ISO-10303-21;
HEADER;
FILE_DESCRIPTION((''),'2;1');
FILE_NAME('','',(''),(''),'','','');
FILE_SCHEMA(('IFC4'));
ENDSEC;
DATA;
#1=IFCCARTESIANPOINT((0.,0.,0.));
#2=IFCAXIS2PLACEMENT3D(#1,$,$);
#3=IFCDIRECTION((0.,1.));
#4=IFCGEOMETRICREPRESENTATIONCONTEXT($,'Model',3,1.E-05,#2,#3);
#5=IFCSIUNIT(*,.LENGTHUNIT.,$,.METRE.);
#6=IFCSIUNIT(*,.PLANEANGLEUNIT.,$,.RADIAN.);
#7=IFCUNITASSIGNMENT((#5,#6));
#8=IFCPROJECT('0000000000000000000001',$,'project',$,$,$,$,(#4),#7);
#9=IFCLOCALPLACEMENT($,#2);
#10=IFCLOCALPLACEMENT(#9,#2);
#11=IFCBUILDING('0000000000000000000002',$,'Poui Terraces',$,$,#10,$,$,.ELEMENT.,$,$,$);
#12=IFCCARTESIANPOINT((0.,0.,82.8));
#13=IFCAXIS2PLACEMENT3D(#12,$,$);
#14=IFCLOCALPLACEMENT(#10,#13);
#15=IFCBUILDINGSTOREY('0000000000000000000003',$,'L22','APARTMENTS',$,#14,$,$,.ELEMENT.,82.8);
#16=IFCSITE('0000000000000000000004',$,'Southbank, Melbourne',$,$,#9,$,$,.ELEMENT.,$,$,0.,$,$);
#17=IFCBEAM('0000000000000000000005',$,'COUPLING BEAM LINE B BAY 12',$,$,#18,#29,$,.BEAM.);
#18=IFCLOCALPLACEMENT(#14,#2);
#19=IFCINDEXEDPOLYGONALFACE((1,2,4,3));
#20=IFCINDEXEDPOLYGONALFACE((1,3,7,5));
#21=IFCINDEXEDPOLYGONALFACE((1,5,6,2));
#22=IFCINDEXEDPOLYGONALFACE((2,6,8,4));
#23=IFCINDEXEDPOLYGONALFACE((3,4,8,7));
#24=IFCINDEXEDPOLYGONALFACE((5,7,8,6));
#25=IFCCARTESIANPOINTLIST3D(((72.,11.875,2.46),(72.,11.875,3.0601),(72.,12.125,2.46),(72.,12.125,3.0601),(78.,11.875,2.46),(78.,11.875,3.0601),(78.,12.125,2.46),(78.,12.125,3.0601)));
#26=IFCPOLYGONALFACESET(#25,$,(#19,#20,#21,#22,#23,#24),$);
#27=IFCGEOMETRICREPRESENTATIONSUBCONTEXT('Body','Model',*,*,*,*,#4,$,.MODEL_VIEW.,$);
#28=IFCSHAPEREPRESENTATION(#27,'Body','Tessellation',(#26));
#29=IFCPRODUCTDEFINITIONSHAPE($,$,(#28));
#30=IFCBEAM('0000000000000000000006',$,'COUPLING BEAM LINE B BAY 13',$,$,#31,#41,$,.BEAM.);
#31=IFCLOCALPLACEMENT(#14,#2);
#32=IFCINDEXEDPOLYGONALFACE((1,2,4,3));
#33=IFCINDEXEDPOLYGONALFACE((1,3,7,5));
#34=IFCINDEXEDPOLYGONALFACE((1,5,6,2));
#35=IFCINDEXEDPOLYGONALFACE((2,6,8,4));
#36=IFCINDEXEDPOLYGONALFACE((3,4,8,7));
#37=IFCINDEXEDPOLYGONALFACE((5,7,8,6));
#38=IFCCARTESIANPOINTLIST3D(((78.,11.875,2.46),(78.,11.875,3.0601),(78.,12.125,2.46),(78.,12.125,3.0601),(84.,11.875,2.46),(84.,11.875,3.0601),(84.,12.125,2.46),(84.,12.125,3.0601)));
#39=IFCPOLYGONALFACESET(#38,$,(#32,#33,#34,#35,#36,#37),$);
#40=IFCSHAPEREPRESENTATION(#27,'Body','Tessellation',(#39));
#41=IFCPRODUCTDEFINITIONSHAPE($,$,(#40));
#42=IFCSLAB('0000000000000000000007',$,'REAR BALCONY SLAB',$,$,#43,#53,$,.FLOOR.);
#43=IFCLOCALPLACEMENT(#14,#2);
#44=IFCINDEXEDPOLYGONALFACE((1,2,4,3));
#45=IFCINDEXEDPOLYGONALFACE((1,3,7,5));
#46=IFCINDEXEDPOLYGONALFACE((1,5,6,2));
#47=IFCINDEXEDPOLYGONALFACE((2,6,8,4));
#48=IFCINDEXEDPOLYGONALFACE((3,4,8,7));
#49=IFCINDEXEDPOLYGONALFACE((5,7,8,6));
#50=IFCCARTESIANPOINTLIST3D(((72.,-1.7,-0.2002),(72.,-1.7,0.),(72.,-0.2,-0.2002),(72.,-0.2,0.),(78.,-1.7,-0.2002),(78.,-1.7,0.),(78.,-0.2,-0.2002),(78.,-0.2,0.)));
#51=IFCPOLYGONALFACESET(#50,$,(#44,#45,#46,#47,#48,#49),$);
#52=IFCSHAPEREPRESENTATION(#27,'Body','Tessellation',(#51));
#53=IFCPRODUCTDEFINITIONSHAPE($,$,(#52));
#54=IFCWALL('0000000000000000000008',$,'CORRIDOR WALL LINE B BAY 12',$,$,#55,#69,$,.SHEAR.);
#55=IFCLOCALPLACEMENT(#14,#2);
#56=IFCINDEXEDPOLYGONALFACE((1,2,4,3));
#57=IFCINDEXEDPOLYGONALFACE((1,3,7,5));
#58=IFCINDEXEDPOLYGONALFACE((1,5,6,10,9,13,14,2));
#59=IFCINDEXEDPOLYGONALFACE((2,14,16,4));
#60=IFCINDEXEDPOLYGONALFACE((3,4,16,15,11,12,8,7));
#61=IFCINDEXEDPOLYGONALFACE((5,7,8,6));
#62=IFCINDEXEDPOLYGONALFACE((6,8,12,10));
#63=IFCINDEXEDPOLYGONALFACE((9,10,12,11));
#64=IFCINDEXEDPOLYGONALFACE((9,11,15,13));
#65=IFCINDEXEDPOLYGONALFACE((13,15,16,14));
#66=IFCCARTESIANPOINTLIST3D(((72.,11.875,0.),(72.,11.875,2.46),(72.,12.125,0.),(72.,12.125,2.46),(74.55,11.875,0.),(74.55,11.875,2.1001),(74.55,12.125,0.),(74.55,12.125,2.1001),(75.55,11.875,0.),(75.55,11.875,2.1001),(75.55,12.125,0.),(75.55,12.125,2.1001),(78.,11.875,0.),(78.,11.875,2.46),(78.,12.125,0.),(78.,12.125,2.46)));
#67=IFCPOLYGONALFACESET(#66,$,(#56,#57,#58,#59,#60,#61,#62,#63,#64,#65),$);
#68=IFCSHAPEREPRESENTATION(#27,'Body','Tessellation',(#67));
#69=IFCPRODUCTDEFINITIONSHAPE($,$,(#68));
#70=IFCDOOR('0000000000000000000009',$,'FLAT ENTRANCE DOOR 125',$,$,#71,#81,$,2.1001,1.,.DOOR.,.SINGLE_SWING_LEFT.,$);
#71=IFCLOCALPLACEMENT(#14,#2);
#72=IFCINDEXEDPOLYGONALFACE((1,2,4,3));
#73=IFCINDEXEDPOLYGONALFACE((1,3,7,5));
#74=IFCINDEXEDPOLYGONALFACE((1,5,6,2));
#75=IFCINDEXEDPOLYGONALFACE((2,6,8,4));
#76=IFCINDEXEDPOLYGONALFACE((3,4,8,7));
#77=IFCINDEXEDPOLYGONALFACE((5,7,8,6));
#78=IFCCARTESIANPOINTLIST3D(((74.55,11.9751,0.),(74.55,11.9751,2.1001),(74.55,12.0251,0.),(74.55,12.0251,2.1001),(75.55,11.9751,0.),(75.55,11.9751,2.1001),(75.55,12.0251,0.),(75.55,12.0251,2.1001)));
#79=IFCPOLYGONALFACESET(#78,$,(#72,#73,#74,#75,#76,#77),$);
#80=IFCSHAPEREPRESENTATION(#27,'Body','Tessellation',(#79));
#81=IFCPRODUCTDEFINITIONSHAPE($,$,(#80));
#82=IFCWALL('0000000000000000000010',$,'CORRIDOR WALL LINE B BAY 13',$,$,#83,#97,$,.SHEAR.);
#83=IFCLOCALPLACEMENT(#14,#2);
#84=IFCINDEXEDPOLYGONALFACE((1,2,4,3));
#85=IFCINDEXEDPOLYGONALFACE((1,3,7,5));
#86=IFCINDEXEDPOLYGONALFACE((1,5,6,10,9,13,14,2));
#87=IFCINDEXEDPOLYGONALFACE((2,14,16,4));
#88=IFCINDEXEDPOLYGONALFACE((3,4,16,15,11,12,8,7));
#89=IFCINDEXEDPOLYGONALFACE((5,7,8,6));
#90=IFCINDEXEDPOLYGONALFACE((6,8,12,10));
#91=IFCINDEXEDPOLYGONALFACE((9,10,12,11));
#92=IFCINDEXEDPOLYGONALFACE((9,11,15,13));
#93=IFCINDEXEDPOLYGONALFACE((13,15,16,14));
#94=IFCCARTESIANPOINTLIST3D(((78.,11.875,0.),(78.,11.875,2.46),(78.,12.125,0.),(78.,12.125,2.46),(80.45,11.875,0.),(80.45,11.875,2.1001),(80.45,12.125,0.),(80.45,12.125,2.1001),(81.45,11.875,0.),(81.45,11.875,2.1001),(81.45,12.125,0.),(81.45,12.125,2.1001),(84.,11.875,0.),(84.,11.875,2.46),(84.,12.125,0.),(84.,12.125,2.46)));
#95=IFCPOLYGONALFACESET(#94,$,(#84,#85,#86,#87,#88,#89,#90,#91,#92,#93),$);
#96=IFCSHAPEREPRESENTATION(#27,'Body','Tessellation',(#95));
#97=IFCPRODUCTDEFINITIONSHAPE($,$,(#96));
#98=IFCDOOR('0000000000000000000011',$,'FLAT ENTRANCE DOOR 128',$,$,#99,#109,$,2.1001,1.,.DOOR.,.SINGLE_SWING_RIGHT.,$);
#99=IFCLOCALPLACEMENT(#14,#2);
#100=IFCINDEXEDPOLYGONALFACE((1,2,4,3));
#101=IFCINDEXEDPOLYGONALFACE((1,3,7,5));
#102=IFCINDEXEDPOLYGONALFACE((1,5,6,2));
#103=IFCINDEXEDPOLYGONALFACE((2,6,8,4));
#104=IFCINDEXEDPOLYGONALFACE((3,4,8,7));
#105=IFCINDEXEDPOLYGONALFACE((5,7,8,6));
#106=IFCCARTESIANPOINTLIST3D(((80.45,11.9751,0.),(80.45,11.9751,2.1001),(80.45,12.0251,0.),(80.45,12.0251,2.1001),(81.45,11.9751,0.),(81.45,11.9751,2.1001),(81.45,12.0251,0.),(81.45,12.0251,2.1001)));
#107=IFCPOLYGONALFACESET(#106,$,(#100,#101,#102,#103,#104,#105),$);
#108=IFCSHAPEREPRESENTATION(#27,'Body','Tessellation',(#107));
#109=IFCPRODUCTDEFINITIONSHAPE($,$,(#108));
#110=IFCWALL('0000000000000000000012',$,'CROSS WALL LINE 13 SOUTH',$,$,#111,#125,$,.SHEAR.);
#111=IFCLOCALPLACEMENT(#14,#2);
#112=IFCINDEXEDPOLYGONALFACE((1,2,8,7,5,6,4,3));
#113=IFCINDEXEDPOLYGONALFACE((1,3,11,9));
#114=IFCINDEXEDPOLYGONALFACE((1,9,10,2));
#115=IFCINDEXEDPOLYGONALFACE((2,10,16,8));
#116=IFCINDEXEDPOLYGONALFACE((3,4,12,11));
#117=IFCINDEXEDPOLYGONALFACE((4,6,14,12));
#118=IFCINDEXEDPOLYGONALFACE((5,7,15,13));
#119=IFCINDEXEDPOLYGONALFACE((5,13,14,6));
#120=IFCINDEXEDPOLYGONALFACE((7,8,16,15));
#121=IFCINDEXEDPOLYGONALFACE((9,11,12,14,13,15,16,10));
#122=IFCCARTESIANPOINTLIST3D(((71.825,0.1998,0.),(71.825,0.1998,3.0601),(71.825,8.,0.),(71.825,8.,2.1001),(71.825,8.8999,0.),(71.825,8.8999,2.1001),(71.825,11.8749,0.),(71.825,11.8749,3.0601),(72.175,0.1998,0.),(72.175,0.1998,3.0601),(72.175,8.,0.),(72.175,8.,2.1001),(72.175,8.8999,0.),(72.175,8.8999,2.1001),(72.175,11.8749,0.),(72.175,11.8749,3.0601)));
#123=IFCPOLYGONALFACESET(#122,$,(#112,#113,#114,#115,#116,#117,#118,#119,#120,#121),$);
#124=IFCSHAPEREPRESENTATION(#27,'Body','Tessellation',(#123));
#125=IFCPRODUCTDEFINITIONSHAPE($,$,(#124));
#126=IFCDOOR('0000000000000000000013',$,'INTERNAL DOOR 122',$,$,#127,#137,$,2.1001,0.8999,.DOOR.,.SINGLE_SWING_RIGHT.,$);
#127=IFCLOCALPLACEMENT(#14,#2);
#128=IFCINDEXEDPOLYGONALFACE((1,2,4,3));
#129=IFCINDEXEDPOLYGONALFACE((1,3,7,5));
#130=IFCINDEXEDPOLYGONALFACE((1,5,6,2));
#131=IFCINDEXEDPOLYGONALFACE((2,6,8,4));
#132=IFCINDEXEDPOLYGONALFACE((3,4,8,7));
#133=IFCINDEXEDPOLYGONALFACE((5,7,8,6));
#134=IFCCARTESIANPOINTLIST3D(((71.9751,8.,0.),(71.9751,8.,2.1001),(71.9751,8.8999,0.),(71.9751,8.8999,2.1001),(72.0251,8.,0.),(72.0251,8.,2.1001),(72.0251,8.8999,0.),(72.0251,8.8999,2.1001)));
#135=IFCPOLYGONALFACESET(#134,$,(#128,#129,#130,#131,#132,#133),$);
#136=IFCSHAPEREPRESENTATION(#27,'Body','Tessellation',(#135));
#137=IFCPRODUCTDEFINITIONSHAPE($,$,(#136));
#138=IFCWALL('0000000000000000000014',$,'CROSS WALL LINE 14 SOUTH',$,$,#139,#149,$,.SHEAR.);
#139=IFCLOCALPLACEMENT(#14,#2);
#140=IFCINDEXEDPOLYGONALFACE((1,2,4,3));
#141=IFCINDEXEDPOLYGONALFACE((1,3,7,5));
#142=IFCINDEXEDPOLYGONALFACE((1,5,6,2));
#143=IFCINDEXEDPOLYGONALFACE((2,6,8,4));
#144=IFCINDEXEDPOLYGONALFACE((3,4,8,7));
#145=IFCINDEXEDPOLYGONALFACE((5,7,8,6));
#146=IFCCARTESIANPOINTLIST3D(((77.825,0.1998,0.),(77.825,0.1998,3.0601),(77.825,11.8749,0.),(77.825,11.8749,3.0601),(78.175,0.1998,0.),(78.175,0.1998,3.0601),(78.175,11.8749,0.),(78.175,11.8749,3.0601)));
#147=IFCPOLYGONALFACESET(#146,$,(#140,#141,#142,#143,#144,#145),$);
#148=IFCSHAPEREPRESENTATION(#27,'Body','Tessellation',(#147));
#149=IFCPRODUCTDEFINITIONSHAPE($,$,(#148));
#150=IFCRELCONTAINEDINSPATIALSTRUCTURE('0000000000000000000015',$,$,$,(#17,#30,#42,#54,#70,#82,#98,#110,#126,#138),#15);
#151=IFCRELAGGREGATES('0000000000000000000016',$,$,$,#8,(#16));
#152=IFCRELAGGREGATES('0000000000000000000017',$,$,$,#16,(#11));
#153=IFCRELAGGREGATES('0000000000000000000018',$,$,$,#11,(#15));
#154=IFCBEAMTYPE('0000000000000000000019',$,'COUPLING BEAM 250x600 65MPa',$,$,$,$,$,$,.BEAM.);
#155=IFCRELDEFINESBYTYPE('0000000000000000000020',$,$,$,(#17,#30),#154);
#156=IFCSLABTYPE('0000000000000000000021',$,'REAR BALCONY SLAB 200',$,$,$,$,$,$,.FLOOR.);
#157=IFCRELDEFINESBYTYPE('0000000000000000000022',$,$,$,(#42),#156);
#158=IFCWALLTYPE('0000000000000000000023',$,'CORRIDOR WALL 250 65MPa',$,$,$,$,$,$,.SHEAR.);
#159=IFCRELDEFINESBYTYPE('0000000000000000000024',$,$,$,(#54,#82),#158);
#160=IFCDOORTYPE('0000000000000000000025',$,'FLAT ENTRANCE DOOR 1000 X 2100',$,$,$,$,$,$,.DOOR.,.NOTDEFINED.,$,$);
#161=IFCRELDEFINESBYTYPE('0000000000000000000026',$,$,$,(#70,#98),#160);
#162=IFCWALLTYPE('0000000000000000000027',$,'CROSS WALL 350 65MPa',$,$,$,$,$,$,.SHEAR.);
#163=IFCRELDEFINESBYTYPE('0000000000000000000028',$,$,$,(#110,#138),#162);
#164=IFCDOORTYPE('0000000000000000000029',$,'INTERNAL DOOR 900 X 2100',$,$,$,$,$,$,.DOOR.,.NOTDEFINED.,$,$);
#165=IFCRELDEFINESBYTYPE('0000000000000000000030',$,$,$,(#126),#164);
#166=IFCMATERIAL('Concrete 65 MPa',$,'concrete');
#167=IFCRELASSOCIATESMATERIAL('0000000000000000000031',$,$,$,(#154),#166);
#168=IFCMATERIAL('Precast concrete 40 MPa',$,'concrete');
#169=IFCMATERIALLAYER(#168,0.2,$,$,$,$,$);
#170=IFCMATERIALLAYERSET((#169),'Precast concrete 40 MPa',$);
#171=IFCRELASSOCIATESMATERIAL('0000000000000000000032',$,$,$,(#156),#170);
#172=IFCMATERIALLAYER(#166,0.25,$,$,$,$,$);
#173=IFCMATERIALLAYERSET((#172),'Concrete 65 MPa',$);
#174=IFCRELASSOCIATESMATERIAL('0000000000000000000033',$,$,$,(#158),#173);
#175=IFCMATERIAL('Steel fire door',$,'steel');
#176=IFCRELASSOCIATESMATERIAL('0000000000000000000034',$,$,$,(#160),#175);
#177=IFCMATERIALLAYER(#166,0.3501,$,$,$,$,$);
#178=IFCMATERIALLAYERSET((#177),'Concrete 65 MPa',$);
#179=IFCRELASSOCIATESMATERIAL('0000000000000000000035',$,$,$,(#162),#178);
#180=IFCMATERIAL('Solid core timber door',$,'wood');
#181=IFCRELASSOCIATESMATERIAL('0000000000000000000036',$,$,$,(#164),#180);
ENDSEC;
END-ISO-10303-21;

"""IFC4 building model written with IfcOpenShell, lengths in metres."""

from ifc_helpers import new_model, si_unit, direction, frame, frame_2d, origin, origin_2d, place, context, subcontext, project, spatial, polyline, rectangle, outline, extrude, source, transform, mapped, material, layer, layer_set, material_profile, profile_set, type_object, element, fill, save


model = new_model("IFC4")

# Units and contexts
model_context = context("Model", 3, precision=1e-05, world=origin(), true_north=direction((0.0, 1.0)))
body_context = subcontext(model_context, "Body", "Model", "MODEL_VIEW")
ifc_project = project(units=[si_unit("LENGTHUNIT", "METRE"), si_unit("PLANEANGLEUNIT", "RADIAN")], contexts=[model_context])

# Site, building, storey
site_placement = place(None, origin())
site = spatial("IfcSite", under=ifc_project, at=site_placement, Name="Southbank, Melbourne", CompositionType="ELEMENT", RefElevation=0.0)
building_placement = place(site_placement, origin())
building = spatial("IfcBuilding", under=site, at=building_placement, Name="Poui Terraces", CompositionType="ELEMENT")
storey_placement = place(building_placement, frame((0.0, 0.0, 82.8)))
storey = spatial("IfcBuildingStorey", under=building, at=storey_placement, Name="L22", Description="APARTMENTS", CompositionType="ELEMENT", Elevation=82.8)

# Beams
ifc_material_1 = material(Name="Concrete 65 MPa", Category="concrete")
ifc_material_profile_1 = material_profile(ifc_material_1, rectangle(XDim=0.25, YDim=0.6001, at=origin_2d()), Name="RC 250x600")
ifc_profile_set_1 = profile_set([ifc_material_profile_1], Name="Concrete 65 MPa")
beam_type = type_object("IfcBeamType", Name="COUPLING BEAM 250x600 65MPa", PredefinedType="BEAM", material=ifc_profile_set_1)
shared_shape_1 = source(origin(), body_context, "Body", "SweptSolid", [
    extrude(rectangle(XDim=0.25, YDim=0.6001, at=origin_2d()), origin(), (0.0, 0.0, 1.0), 6.0),
])
for number, where, z_axis, x_axis, name in (
    (1, (72.0, 12.0, 2.76), (1.0, 0.0, 0.0), (0.0, 1.0, 0.0), "COUPLING BEAM LINE B BAY 12"),
    (2, (78.0, 12.0, 2.76), (1.0, 0.0, 0.0), (0.0, 1.0, 0.0), "COUPLING BEAM LINE B BAY 13"),
):
    element("IfcBeam", number, at=place(storey_placement, frame(where, z_axis=z_axis, x_axis=x_axis)), inside=storey, type_object=beam_type, Name=name, PredefinedType="BEAM", context=body_context, shape_type="MappedRepresentation", body=[
        mapped(shared_shape_1, transform((0.0, 0.0, 0.0))),
    ])

# Slab
ifc_material_2 = material(Name="Precast concrete 40 MPa", Category="concrete")
ifc_layer_1 = layer(ifc_material_2, 0.2)
ifc_layer_set_1 = layer_set([ifc_layer_1], Name="Precast concrete 40 MPa")
slab_type = type_object("IfcSlabType", Name="REAR BALCONY SLAB 200", PredefinedType="FLOOR", material=ifc_layer_set_1)
shared_shape_2 = source(origin(), body_context, "Body", "SweptSolid", [
    extrude(outline(polyline([(0.0, 0.0), (6.0, 0.0), (6.0, 1.5), (0.0, 1.5), (0.0, 0.0)])), origin(), (0.0, 0.0, 1.0), 0.2002),
])
slab_placement = place(storey_placement, frame((72.0, -1.7, -0.2002)))
element("IfcSlab", 3, at=slab_placement, inside=storey, type_object=slab_type, Name="REAR BALCONY SLAB", PredefinedType="FLOOR", context=body_context, shape_type="MappedRepresentation", body=[
    mapped(shared_shape_2, transform((0.0, 0.0, 0.0))),
])

# Walls, openings, doors
ifc_layer_2 = layer(ifc_material_1, 0.25)
ifc_layer_set_2 = layer_set([ifc_layer_2], Name="Concrete 65 MPa")
wall_type_1 = type_object("IfcWallType", Name="CORRIDOR WALL 250 65MPa", PredefinedType="SHEAR", material=ifc_layer_set_2)
wall_1_placement = place(storey_placement, frame((72.0, 12.0, 0.0), z_axis=(0.0, 0.0, 1.0), x_axis=(1.0, 0.0, 0.0)))
wall_1 = element("IfcWall", 4, at=wall_1_placement, inside=storey, type_object=wall_type_1, Name="CORRIDOR WALL LINE B BAY 12", PredefinedType="SHEAR", context=body_context, shape_type="SweptSolid", body=[
    extrude(rectangle(XDim=6.0, YDim=0.25, at=frame_2d((3.0, 0.0))), origin(), (0.0, 0.0, 1.0), 2.46),
])
opening_1_placement = place(wall_1_placement, frame((2.55, 0.0, 0.0)))
opening_1 = element("IfcOpeningElement", 5, at=opening_1_placement, cuts=wall_1, PredefinedType="OPENING", context=body_context, shape_type="SweptSolid", body=[
    extrude(rectangle(XDim=1.0, YDim=2.1001, at=frame_2d((0.5, 1.05))), frame((0.0, 0.135, 0.0), z_axis=(0.0, -1.0, 0.0), x_axis=(1.0, 0.0, 0.0)), (0.0, 0.0, 1.0), 0.27),
])
ifc_material_3 = material(Name="Steel fire door", Category="steel")
door_type_1 = type_object("IfcDoorType", Name="FLAT ENTRANCE DOOR 1000 X 2100", OperationType="NOTDEFINED", PredefinedType="DOOR", material=ifc_material_3)
door_1_placement = place(opening_1_placement, frame((1.0, 0.0, 0.0), z_axis=(0.0, 0.0, 1.0), x_axis=(-1.0, 0.0, 0.0)))
door_1 = element("IfcDoor", 6, at=door_1_placement, inside=storey, type_object=door_type_1, Name="FLAT ENTRANCE DOOR 125", OperationType="SINGLE_SWING_LEFT", OverallHeight=2.1001, OverallWidth=1.0, PredefinedType="DOOR", context=body_context, shape_type="SweptSolid", body=[
    extrude(rectangle(XDim=1.0, YDim=2.1001, at=frame_2d((0.5, 1.05))), frame((0.0, 0.0249, 0.0), z_axis=(0.0, -1.0, 0.0), x_axis=(1.0, 0.0, 0.0)), (0.0, 0.0, 1.0), 0.05),
])
fill(opening_1, door_1)
wall_2_placement = place(storey_placement, frame((78.0, 12.0, 0.0), z_axis=(0.0, 0.0, 1.0), x_axis=(1.0, 0.0, 0.0)))
wall_2 = element("IfcWall", 7, at=wall_2_placement, inside=storey, type_object=wall_type_1, Name="CORRIDOR WALL LINE B BAY 13", PredefinedType="SHEAR", context=body_context, shape_type="SweptSolid", body=[
    extrude(rectangle(XDim=6.0, YDim=0.25, at=frame_2d((3.0, 0.0))), origin(), (0.0, 0.0, 1.0), 2.46),
])
opening_2_placement = place(wall_2_placement, frame((2.45, 0.0, 0.0)))
opening_2 = element("IfcOpeningElement", 8, at=opening_2_placement, cuts=wall_2, PredefinedType="OPENING", context=body_context, shape_type="SweptSolid", body=[
    extrude(rectangle(XDim=1.0, YDim=2.1001, at=frame_2d((0.5, 1.05))), frame((0.0, 0.135, 0.0), z_axis=(0.0, -1.0, 0.0), x_axis=(1.0, 0.0, 0.0)), (0.0, 0.0, 1.0), 0.27),
])
door_2_placement = place(opening_2_placement, frame((1.0, 0.0, 0.0), z_axis=(0.0, 0.0, 1.0), x_axis=(-1.0, 0.0, 0.0)))
door_2 = element("IfcDoor", 9, at=door_2_placement, inside=storey, type_object=door_type_1, Name="FLAT ENTRANCE DOOR 128", OperationType="SINGLE_SWING_RIGHT", OverallHeight=2.1001, OverallWidth=1.0, PredefinedType="DOOR", context=body_context, shape_type="SweptSolid", body=[
    extrude(rectangle(XDim=1.0, YDim=2.1001, at=frame_2d((0.5, 1.05))), frame((0.0, 0.0249, 0.0), z_axis=(0.0, -1.0, 0.0), x_axis=(1.0, 0.0, 0.0)), (0.0, 0.0, 1.0), 0.05),
])
fill(opening_2, door_2)
ifc_layer_3 = layer(ifc_material_1, 0.3501)
ifc_layer_set_3 = layer_set([ifc_layer_3], Name="Concrete 65 MPa")
wall_type_2 = type_object("IfcWallType", Name="CROSS WALL 350 65MPa", PredefinedType="SHEAR", material=ifc_layer_set_3)
wall_3_placement = place(storey_placement, frame((72.0, 0.2, 0.0), z_axis=(0.0, 0.0, 1.0), x_axis=(0.0, 1.0, 0.0)))
wall_3 = element("IfcWall", 10, at=wall_3_placement, inside=storey, type_object=wall_type_2, Name="CROSS WALL LINE 13 SOUTH", PredefinedType="SHEAR", context=body_context, shape_type="SweptSolid", body=[
    extrude(rectangle(XDim=11.675, YDim=0.3501, at=frame_2d((5.8374, 0.0))), origin(), (0.0, 0.0, 1.0), 3.0601),
])
opening_3_placement = place(wall_3_placement, frame((7.8, 0.0, 0.0)))
opening_3 = element("IfcOpeningElement", 11, at=opening_3_placement, cuts=wall_3, PredefinedType="OPENING", context=body_context, shape_type="SweptSolid", body=[
    extrude(rectangle(XDim=0.8999, YDim=2.1001, at=frame_2d((0.45, 1.05))), frame((0.0, 0.1851, 0.0), z_axis=(0.0, -1.0, 0.0), x_axis=(1.0, 0.0, 0.0)), (0.0, 0.0, 1.0), 0.3701),
])
ifc_material_4 = material(Name="Solid core timber door", Category="wood")
door_type_2 = type_object("IfcDoorType", Name="INTERNAL DOOR 900 X 2100", OperationType="NOTDEFINED", PredefinedType="DOOR", material=ifc_material_4)
door_3_placement = place(opening_3_placement, origin())
door_3 = element("IfcDoor", 12, at=door_3_placement, inside=storey, type_object=door_type_2, Name="INTERNAL DOOR 122", OperationType="SINGLE_SWING_RIGHT", OverallHeight=2.1001, OverallWidth=0.8999, PredefinedType="DOOR", context=body_context, shape_type="SweptSolid", body=[
    extrude(rectangle(XDim=0.8999, YDim=2.1001, at=frame_2d((0.45, 1.05))), frame((0.0, 0.0249, 0.0), z_axis=(0.0, -1.0, 0.0), x_axis=(1.0, 0.0, 0.0)), (0.0, 0.0, 1.0), 0.05),
])
fill(opening_3, door_3)

# Wall
wall_4_placement = place(storey_placement, frame((78.0, 0.2, 0.0), z_axis=(0.0, 0.0, 1.0), x_axis=(0.0, 1.0, 0.0)))
element("IfcWall", 13, at=wall_4_placement, inside=storey, type_object=wall_type_2, Name="CROSS WALL LINE 14 SOUTH", PredefinedType="SHEAR", context=body_context, shape_type="SweptSolid", body=[
    extrude(rectangle(XDim=11.675, YDim=0.3501, at=frame_2d((5.8374, 0.0))), origin(), (0.0, 0.0, 1.0), 3.0601),
])

save(model, "model.ifc")
